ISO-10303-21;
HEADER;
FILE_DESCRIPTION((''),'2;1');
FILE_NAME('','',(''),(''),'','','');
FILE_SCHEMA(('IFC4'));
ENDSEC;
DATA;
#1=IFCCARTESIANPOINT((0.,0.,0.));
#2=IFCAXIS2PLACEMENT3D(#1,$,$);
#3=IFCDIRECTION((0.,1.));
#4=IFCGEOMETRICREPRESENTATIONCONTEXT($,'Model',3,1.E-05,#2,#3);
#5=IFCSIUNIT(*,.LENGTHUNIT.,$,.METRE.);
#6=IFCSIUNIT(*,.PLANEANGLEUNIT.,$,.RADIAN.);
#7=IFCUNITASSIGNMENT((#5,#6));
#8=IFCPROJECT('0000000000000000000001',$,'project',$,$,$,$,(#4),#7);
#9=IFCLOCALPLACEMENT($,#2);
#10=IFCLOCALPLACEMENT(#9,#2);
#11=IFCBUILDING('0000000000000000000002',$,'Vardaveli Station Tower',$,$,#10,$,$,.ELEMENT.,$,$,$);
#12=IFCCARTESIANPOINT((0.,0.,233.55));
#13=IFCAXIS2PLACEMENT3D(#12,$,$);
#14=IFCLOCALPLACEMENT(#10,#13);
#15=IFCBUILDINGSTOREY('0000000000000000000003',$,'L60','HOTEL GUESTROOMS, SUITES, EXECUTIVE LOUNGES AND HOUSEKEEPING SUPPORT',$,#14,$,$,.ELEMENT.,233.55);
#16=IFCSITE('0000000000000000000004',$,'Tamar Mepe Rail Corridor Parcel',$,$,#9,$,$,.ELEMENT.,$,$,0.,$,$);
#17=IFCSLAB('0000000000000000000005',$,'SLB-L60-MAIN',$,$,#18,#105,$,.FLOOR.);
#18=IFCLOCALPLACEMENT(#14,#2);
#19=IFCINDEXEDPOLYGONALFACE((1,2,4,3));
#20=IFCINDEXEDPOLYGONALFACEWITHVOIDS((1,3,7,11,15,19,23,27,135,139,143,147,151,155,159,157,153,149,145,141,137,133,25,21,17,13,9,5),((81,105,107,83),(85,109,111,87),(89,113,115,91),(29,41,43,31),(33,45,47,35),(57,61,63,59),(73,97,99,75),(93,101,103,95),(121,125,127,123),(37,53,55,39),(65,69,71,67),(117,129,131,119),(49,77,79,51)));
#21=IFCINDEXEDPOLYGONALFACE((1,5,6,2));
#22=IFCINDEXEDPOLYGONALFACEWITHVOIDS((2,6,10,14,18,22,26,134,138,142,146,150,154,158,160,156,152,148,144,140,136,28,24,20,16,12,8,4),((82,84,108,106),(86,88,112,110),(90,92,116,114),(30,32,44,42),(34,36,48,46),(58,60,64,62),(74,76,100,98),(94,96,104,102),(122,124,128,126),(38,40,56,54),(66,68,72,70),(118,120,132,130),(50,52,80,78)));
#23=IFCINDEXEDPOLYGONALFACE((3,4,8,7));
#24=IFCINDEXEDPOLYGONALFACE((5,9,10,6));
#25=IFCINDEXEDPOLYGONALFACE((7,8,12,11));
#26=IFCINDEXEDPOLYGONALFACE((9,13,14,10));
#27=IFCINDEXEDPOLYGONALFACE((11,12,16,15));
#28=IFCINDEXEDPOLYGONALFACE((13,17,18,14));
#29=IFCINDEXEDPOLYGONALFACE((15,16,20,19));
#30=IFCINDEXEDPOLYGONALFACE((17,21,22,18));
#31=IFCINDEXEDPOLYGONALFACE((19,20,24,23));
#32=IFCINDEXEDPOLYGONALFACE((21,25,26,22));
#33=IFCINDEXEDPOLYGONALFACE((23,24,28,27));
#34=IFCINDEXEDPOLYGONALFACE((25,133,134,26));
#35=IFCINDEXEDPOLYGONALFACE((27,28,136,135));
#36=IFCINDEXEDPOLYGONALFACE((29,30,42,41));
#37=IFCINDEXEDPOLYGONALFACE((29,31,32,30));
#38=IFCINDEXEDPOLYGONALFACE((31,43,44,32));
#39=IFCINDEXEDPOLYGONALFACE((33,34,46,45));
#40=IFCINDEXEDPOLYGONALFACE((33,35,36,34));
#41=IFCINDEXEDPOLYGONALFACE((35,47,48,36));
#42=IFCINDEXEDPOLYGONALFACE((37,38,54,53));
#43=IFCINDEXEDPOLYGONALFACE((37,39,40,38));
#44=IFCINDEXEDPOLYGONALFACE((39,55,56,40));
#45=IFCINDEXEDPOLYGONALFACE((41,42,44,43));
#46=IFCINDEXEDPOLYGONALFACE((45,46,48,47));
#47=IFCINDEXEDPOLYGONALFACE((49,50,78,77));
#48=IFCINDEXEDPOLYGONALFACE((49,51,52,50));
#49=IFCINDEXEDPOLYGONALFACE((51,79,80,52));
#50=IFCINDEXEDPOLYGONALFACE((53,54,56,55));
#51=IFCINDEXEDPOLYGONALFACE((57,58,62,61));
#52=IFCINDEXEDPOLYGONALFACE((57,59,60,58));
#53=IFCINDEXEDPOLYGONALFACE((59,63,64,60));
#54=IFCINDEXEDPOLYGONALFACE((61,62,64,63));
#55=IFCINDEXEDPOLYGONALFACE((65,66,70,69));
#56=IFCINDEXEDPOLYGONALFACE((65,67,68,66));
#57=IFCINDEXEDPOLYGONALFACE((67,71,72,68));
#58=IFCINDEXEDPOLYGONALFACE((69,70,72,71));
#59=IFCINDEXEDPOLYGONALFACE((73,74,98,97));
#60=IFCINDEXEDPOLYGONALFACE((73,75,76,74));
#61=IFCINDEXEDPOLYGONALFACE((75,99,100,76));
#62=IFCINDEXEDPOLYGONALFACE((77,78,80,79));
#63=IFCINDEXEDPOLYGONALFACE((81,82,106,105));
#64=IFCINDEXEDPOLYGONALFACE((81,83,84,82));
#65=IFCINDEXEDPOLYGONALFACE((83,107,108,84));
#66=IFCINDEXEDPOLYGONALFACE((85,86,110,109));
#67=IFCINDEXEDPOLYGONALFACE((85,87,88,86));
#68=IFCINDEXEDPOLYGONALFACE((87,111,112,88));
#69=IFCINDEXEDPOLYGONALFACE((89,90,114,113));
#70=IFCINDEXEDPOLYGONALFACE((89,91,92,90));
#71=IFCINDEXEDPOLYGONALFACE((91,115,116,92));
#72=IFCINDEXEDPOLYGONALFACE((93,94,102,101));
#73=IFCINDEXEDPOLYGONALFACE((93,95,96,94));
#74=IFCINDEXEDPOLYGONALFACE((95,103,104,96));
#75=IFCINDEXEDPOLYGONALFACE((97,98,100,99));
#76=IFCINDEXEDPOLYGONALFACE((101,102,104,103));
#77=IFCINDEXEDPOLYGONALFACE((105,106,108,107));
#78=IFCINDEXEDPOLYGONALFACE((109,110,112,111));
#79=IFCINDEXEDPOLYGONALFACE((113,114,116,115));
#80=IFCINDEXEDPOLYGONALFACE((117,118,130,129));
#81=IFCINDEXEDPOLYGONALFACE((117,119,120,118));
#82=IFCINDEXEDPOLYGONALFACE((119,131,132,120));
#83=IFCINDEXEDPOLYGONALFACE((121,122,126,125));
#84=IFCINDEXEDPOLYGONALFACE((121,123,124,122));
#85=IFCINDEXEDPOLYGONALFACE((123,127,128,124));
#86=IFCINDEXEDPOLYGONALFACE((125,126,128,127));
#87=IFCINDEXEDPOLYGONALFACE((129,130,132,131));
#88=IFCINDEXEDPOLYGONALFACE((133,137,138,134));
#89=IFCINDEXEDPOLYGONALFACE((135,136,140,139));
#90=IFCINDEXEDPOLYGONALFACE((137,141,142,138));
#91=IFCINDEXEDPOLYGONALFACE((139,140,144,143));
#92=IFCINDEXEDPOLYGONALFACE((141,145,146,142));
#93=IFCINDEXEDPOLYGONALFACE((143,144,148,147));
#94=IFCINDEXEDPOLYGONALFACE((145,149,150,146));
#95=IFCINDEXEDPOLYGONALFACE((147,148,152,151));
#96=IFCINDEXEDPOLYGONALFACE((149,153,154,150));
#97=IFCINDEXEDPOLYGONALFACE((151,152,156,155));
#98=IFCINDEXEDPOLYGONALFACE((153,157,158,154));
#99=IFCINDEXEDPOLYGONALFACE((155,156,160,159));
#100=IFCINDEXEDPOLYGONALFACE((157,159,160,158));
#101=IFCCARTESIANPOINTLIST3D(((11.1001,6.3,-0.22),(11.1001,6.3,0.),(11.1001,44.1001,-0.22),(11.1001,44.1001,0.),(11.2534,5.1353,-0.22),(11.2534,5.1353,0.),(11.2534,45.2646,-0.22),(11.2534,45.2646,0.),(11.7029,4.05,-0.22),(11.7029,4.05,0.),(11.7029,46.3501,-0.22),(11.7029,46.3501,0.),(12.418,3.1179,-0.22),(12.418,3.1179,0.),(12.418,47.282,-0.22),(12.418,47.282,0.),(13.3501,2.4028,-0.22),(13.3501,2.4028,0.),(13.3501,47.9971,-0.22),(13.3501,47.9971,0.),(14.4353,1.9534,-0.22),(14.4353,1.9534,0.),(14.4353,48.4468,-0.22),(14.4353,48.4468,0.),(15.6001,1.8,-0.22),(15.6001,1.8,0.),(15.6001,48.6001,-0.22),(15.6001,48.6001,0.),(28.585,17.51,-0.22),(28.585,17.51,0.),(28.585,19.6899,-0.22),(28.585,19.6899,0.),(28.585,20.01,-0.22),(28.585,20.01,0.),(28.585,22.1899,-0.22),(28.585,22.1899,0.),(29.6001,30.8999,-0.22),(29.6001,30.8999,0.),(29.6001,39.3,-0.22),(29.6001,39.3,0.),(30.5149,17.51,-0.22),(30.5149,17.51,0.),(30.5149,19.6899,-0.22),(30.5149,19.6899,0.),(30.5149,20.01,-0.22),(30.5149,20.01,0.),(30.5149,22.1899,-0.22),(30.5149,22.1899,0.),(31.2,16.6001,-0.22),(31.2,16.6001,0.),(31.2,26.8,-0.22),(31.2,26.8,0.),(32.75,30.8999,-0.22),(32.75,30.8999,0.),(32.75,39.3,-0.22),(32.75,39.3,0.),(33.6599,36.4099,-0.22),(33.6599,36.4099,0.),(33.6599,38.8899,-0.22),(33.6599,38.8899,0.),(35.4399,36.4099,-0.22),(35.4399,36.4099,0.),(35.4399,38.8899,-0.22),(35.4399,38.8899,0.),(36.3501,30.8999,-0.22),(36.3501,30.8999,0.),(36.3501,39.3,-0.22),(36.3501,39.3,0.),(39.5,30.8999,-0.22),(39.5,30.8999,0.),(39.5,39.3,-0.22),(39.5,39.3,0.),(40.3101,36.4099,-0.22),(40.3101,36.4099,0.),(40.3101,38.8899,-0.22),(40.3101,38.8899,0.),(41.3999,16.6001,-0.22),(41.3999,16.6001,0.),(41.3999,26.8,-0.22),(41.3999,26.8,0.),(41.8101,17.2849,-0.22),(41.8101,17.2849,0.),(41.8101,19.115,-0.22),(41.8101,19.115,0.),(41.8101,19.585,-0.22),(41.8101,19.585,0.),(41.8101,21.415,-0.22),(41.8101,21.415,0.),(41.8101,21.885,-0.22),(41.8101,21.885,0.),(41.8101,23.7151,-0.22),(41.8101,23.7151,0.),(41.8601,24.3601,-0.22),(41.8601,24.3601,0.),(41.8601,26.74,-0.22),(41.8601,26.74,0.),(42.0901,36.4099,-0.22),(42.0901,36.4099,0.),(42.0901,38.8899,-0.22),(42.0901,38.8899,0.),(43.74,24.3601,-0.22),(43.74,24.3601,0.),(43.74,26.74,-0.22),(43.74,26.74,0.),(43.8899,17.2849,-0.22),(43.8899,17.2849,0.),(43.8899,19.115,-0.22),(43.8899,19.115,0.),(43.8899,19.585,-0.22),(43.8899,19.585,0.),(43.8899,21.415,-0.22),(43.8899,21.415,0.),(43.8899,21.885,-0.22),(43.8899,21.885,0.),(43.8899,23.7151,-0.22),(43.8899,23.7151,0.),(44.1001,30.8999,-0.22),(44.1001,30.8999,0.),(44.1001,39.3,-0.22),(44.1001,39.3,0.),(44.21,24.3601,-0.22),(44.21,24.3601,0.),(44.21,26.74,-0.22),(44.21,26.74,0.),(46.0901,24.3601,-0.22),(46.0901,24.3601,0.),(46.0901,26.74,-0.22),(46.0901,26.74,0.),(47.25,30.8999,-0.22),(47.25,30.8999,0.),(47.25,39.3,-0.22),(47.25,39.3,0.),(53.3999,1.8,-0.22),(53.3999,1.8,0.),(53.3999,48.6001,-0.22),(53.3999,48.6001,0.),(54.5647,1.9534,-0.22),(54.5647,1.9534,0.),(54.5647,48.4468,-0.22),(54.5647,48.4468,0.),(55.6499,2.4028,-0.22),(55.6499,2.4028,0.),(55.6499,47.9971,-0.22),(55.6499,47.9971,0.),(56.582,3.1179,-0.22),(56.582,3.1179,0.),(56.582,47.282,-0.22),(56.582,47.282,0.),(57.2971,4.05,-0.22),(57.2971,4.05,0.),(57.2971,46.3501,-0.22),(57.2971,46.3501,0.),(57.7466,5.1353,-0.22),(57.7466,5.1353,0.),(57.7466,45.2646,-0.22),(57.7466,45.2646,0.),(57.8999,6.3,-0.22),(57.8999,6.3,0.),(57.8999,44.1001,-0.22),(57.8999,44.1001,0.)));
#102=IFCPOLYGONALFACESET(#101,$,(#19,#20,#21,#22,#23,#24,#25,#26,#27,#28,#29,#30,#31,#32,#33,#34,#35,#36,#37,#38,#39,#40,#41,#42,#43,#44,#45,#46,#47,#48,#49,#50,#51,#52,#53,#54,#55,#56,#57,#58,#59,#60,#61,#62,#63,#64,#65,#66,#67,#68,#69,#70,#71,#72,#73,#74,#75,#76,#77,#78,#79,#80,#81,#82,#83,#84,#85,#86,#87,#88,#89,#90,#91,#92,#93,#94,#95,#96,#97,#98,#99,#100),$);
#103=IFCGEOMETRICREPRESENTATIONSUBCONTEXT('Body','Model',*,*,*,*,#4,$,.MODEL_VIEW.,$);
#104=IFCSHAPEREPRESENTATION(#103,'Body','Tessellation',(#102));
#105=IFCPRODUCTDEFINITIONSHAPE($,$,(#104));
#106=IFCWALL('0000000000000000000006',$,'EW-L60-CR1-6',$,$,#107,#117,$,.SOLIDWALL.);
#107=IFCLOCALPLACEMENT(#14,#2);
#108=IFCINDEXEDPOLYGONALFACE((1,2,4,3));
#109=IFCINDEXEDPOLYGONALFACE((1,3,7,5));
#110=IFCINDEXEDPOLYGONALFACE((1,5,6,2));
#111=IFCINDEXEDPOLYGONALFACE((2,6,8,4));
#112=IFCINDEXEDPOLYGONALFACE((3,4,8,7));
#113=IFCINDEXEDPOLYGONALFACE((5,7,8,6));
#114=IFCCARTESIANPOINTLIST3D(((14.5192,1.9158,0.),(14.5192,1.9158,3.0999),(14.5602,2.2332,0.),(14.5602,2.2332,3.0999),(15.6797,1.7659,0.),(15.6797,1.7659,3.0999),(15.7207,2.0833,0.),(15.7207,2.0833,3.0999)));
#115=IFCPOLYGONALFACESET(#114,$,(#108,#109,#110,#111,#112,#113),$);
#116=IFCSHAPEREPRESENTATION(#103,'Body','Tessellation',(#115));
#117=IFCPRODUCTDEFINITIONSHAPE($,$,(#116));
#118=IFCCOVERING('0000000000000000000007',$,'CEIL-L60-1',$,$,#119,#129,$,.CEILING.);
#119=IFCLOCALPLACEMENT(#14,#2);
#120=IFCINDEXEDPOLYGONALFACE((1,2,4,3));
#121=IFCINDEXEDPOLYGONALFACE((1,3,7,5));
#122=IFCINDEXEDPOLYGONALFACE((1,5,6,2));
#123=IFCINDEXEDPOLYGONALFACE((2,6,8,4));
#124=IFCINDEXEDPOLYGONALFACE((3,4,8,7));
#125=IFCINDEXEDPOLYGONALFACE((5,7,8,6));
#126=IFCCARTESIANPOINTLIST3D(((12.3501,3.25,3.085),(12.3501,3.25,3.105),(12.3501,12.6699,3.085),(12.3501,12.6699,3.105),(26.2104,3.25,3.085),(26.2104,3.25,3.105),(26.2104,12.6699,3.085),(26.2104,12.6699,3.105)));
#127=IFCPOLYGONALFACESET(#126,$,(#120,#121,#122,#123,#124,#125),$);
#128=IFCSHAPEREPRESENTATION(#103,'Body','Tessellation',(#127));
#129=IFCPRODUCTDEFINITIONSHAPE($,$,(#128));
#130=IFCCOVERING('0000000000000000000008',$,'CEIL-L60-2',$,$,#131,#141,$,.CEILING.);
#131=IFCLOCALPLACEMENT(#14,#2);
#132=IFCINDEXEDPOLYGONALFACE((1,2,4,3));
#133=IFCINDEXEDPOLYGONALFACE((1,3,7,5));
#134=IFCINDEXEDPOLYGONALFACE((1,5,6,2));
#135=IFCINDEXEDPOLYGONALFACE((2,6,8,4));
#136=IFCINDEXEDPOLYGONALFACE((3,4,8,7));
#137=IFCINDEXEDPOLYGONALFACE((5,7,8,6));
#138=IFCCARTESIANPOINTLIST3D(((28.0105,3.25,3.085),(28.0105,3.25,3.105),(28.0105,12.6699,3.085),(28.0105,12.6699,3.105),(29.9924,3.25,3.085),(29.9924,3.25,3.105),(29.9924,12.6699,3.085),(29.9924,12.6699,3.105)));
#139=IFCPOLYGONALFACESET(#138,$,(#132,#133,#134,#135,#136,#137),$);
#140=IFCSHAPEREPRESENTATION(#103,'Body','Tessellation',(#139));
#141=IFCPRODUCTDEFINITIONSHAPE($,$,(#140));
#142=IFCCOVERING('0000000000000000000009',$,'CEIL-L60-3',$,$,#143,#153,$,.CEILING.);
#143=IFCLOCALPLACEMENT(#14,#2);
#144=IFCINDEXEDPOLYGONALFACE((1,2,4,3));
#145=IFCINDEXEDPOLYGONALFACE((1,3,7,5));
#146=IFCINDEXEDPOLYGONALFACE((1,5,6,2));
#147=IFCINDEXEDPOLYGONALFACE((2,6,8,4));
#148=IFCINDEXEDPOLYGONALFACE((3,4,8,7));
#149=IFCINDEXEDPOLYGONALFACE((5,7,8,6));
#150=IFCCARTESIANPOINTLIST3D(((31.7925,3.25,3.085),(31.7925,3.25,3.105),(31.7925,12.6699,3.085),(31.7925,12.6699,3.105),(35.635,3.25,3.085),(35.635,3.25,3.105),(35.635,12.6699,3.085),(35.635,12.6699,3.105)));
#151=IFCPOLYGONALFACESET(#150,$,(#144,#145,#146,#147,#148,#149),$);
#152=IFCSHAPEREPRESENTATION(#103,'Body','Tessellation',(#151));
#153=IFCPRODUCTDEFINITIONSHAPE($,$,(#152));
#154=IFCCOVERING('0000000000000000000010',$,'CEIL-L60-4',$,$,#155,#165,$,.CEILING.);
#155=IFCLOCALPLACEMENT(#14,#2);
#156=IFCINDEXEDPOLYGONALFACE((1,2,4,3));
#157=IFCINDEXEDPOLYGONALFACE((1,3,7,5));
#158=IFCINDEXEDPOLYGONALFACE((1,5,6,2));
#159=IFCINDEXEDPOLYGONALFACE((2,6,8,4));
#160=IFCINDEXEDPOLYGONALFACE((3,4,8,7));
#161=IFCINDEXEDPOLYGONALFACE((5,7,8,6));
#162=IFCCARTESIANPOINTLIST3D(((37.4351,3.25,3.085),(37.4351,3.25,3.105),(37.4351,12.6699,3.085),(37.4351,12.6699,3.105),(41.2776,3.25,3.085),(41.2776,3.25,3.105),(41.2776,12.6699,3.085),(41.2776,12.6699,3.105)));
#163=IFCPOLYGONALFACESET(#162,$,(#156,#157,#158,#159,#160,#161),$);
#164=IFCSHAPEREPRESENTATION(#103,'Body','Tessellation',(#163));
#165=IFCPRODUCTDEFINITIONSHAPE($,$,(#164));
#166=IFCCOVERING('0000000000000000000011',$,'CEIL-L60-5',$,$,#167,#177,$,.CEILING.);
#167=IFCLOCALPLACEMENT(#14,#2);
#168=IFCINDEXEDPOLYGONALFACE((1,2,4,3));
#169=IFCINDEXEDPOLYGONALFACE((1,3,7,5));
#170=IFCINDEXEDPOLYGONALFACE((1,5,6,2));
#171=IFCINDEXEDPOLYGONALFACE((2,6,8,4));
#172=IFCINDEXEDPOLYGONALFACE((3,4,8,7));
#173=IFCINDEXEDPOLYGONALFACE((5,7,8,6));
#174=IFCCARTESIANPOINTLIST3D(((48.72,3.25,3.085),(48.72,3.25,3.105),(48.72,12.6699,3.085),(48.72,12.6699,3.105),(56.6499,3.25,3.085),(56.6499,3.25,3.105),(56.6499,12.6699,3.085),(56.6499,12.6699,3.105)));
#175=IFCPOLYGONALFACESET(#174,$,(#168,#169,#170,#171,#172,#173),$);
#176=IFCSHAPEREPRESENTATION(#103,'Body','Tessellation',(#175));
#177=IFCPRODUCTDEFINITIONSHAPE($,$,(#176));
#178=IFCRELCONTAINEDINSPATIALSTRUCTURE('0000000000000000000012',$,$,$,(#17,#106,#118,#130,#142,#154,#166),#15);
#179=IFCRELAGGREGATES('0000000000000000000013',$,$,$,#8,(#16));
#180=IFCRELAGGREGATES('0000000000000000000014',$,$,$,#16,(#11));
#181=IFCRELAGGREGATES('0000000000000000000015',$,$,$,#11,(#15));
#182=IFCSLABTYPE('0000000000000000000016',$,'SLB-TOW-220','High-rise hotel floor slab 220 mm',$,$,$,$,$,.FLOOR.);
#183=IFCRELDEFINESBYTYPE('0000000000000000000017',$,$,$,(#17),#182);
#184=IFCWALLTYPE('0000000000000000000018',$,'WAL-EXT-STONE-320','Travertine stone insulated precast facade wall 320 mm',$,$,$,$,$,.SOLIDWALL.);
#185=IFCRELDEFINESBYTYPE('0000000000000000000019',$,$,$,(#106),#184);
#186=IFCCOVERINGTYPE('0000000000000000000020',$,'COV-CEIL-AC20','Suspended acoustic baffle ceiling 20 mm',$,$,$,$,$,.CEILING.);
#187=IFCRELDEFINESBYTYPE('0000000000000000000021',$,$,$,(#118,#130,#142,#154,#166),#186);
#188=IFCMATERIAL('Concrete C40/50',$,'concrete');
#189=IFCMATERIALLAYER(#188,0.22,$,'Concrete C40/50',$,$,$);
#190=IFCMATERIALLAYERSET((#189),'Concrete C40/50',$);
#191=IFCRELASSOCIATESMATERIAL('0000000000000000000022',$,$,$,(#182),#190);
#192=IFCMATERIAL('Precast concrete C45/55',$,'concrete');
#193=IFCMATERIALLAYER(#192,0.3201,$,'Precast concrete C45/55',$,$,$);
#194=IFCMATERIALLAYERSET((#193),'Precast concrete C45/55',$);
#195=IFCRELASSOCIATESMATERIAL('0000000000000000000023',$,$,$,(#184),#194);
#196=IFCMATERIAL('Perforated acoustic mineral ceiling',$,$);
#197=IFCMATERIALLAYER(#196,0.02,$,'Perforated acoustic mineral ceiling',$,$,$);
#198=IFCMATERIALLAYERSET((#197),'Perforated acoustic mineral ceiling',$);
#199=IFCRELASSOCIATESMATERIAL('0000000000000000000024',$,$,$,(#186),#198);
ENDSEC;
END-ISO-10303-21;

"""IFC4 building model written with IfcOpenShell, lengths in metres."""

from ifc_helpers import new_model, si_unit, direction, frame, frame_2d, origin, place, context, subcontext, project, spatial, polyline, rectangle, outline, extrude, source, transform, mapped, material, layer, layer_set, type_object, element, save


model = new_model("IFC4")

# Units and contexts
model_context = context("Model", 3, precision=1e-05, world=origin(), true_north=direction((0.0, 1.0)))
body_context = subcontext(model_context, "Body", "Model", "MODEL_VIEW")
ifc_project = project(units=[si_unit("LENGTHUNIT", "METRE"), si_unit("PLANEANGLEUNIT", "RADIAN")], contexts=[model_context])

# Site, building, storey
site_placement = place(None, origin())
site = spatial("IfcSite", under=ifc_project, at=site_placement, Name="Tamar Mepe Rail Corridor Parcel", CompositionType="ELEMENT", RefElevation=0.0)
building_placement = place(site_placement, origin())
building = spatial("IfcBuilding", under=site, at=building_placement, Name="Vardaveli Station Tower", CompositionType="ELEMENT")
storey_placement = place(building_placement, frame((0.0, 0.0, 233.55)))
storey = spatial("IfcBuildingStorey", under=building, at=storey_placement, Name="L60", Description="HOTEL GUESTROOMS, SUITES, EXECUTIVE LOUNGES AND HOUSEKEEPING SUPPORT", CompositionType="ELEMENT", Elevation=233.55)

# Shared definitions
ifc_material_1 = material(Name="Concrete C40/50", Category="concrete")

# Slab
ifc_material_2 = material(Name="Precast concrete C45/55", Category="concrete")
ifc_layer_1 = layer(ifc_material_1, 0.22, Name="Concrete C40/50")
ifc_layer_set_1 = layer_set([ifc_layer_1], Name="Concrete C40/50")
slab_type_1 = type_object("IfcSlabType", Name="SLB-TOW-220", Description="High-rise hotel floor slab 220 mm", PredefinedType="FLOOR", material=ifc_layer_set_1)
slab_1_placement = place(storey_placement, frame((0.0, 0.0, -0.22)))
element("IfcSlab", 1, at=slab_1_placement, inside=storey, type_object=slab_type_1, Name="SLB-L60-MAIN", PredefinedType="FLOOR", context=body_context, shape_type="SweptSolid", body=[
    extrude(outline(polyline([(11.1001, 6.3), (11.2534, 5.1353), (11.7029, 4.05), (12.418, 3.1179), (13.3501, 2.4028), (14.4353, 1.9534), (15.6001, 1.8), (53.3999, 1.8), (54.5647, 1.9534), (55.6499, 2.4028), (56.582, 3.1179), (57.2971, 4.05), (57.7466, 5.1353), (57.8999, 6.3), (57.8999, 44.1001), (57.7466, 45.2646), (57.2971, 46.3501), (56.582, 47.282), (55.6499, 47.9971), (54.5647, 48.4468), (53.3999, 48.6001), (15.6001, 48.6001), (14.4353, 48.4468), (13.3501, 47.9971), (12.418, 47.282), (11.7029, 46.3501), (11.2534, 45.2646), (11.1001, 44.1001), (11.1001, 6.3)]), holes=[polyline([(31.2, 16.6001), (41.3999, 16.6001), (41.3999, 26.8), (31.2, 26.8), (31.2, 16.6001)]), polyline([(32.75, 30.8999), (32.75, 39.3), (29.6001, 39.3), (29.6001, 30.8999), (32.75, 30.8999)]), polyline([(39.5, 30.8999), (39.5, 39.3), (36.3501, 39.3), (36.3501, 30.8999), (39.5, 30.8999)]), polyline([(47.25, 30.8999), (47.25, 39.3), (44.1001, 39.3), (44.1001, 30.8999), (47.25, 30.8999)]), polyline([(33.6599, 36.4099), (35.4399, 36.4099), (35.4399, 38.8899), (33.6599, 38.8899), (33.6599, 36.4099)]), polyline([(40.3101, 36.4099), (42.0901, 36.4099), (42.0901, 38.8899), (40.3101, 38.8899), (40.3101, 36.4099)]), polyline([(41.8101, 21.885), (43.8899, 21.885), (43.8899, 23.7151), (41.8101, 23.7151), (41.8101, 21.885)]), polyline([(41.8101, 19.585), (43.8899, 19.585), (43.8899, 21.415), (41.8101, 21.415), (41.8101, 19.585)]), polyline([(41.8101, 17.2849), (43.8899, 17.2849), (43.8899, 19.115), (41.8101, 19.115), (41.8101, 17.2849)]), polyline([(28.585, 17.51), (30.5149, 17.51), (30.5149, 19.6899), (28.585, 19.6899), (28.585, 17.51)]), polyline([(28.585, 20.01), (30.5149, 20.01), (30.5149, 22.1899), (28.585, 22.1899), (28.585, 20.01)]), polyline([(41.8601, 24.3601), (43.74, 24.3601), (43.74, 26.74), (41.8601, 26.74), (41.8601, 24.3601)]), polyline([(44.21, 24.3601), (46.0901, 24.3601), (46.0901, 26.74), (44.21, 26.74), (44.21, 24.3601)])]), origin(), (0.0, 0.0, 1.0), 0.22),
])

# Wall
ifc_layer_2 = layer(ifc_material_2, 0.3201, Name="Precast concrete C45/55")
ifc_layer_set_2 = layer_set([ifc_layer_2], Name="Precast concrete C45/55")
wall_type = type_object("IfcWallType", Name="WAL-EXT-STONE-320", Description="Travertine stone insulated precast facade wall 320 mm", PredefinedType="SOLIDWALL", material=ifc_layer_set_2)
shared_shape = source(origin(), body_context, "Body", "SweptSolid", [
    extrude(rectangle(XDim=1.1702, YDim=0.3201, at=frame_2d((0.585, 0.0))), origin(), (0.0, 0.0, 1.0), 3.0999),
])
wall_placement = place(storey_placement, frame((14.5398, 2.0745, 0.0), z_axis=(0.0, 0.0, 1.0), x_axis=(0.991762, -0.12809, 0.0)))
element("IfcWall", 2, at=wall_placement, inside=storey, type_object=wall_type, Name="EW-L60-CR1-6", PredefinedType="SOLIDWALL", context=body_context, shape_type="MappedRepresentation", body=[
    mapped(shared_shape, transform((0.0, 0.0, 0.0), scale=1.0)),
])

# Coverings
ifc_material_3 = material(Name="Perforated acoustic mineral ceiling")
ifc_layer_3 = layer(ifc_material_3, 0.02, Name="Perforated acoustic mineral ceiling")
ifc_layer_set_3 = layer_set([ifc_layer_3], Name="Perforated acoustic mineral ceiling")
covering_type_1 = type_object("IfcCoveringType", Name="COV-CEIL-AC20", Description="Suspended acoustic baffle ceiling 20 mm", PredefinedType="CEILING", material=ifc_layer_set_3)
covering_1_placement = place(storey_placement, frame((0.0, 0.0, 3.085)))
element("IfcCovering", 3, at=covering_1_placement, inside=storey, type_object=covering_type_1, Name="CEIL-L60-1", PredefinedType="CEILING", context=body_context, shape_type="SweptSolid", body=[
    extrude(outline(polyline([(12.3501, 3.25), (26.2104, 3.25), (26.2104, 12.6699), (12.3501, 12.6699), (12.3501, 3.25)])), origin(), (0.0, 0.0, 1.0), 0.02),
])
covering_2_placement = place(storey_placement, frame((0.0, 0.0, 3.085)))
element("IfcCovering", 4, at=covering_2_placement, inside=storey, type_object=covering_type_1, Name="CEIL-L60-2", PredefinedType="CEILING", context=body_context, shape_type="SweptSolid", body=[
    extrude(outline(polyline([(28.0105, 3.25), (29.9924, 3.25), (29.9924, 12.6699), (28.0105, 12.6699), (28.0105, 3.25)])), origin(), (0.0, 0.0, 1.0), 0.02),
])
covering_3_placement = place(storey_placement, frame((0.0, 0.0, 3.085)))
element("IfcCovering", 5, at=covering_3_placement, inside=storey, type_object=covering_type_1, Name="CEIL-L60-3", PredefinedType="CEILING", context=body_context, shape_type="SweptSolid", body=[
    extrude(outline(polyline([(31.7925, 3.25), (35.635, 3.25), (35.635, 12.6699), (31.7925, 12.6699), (31.7925, 3.25)])), origin(), (0.0, 0.0, 1.0), 0.02),
])
covering_4_placement = place(storey_placement, frame((0.0, 0.0, 3.085)))
element("IfcCovering", 6, at=covering_4_placement, inside=storey, type_object=covering_type_1, Name="CEIL-L60-4", PredefinedType="CEILING", context=body_context, shape_type="SweptSolid", body=[
    extrude(outline(polyline([(37.4351, 3.25), (41.2776, 3.25), (41.2776, 12.6699), (37.4351, 12.6699), (37.4351, 3.25)])), origin(), (0.0, 0.0, 1.0), 0.02),
])
covering_5_placement = place(storey_placement, frame((0.0, 0.0, 3.085)))
element("IfcCovering", 7, at=covering_5_placement, inside=storey, type_object=covering_type_1, Name="CEIL-L60-5", PredefinedType="CEILING", context=body_context, shape_type="SweptSolid", body=[
    extrude(outline(polyline([(48.72, 3.25), (56.6499, 3.25), (56.6499, 12.6699), (48.72, 12.6699), (48.72, 3.25)])), origin(), (0.0, 0.0, 1.0), 0.02),
])

save(model, "model.ifc")
